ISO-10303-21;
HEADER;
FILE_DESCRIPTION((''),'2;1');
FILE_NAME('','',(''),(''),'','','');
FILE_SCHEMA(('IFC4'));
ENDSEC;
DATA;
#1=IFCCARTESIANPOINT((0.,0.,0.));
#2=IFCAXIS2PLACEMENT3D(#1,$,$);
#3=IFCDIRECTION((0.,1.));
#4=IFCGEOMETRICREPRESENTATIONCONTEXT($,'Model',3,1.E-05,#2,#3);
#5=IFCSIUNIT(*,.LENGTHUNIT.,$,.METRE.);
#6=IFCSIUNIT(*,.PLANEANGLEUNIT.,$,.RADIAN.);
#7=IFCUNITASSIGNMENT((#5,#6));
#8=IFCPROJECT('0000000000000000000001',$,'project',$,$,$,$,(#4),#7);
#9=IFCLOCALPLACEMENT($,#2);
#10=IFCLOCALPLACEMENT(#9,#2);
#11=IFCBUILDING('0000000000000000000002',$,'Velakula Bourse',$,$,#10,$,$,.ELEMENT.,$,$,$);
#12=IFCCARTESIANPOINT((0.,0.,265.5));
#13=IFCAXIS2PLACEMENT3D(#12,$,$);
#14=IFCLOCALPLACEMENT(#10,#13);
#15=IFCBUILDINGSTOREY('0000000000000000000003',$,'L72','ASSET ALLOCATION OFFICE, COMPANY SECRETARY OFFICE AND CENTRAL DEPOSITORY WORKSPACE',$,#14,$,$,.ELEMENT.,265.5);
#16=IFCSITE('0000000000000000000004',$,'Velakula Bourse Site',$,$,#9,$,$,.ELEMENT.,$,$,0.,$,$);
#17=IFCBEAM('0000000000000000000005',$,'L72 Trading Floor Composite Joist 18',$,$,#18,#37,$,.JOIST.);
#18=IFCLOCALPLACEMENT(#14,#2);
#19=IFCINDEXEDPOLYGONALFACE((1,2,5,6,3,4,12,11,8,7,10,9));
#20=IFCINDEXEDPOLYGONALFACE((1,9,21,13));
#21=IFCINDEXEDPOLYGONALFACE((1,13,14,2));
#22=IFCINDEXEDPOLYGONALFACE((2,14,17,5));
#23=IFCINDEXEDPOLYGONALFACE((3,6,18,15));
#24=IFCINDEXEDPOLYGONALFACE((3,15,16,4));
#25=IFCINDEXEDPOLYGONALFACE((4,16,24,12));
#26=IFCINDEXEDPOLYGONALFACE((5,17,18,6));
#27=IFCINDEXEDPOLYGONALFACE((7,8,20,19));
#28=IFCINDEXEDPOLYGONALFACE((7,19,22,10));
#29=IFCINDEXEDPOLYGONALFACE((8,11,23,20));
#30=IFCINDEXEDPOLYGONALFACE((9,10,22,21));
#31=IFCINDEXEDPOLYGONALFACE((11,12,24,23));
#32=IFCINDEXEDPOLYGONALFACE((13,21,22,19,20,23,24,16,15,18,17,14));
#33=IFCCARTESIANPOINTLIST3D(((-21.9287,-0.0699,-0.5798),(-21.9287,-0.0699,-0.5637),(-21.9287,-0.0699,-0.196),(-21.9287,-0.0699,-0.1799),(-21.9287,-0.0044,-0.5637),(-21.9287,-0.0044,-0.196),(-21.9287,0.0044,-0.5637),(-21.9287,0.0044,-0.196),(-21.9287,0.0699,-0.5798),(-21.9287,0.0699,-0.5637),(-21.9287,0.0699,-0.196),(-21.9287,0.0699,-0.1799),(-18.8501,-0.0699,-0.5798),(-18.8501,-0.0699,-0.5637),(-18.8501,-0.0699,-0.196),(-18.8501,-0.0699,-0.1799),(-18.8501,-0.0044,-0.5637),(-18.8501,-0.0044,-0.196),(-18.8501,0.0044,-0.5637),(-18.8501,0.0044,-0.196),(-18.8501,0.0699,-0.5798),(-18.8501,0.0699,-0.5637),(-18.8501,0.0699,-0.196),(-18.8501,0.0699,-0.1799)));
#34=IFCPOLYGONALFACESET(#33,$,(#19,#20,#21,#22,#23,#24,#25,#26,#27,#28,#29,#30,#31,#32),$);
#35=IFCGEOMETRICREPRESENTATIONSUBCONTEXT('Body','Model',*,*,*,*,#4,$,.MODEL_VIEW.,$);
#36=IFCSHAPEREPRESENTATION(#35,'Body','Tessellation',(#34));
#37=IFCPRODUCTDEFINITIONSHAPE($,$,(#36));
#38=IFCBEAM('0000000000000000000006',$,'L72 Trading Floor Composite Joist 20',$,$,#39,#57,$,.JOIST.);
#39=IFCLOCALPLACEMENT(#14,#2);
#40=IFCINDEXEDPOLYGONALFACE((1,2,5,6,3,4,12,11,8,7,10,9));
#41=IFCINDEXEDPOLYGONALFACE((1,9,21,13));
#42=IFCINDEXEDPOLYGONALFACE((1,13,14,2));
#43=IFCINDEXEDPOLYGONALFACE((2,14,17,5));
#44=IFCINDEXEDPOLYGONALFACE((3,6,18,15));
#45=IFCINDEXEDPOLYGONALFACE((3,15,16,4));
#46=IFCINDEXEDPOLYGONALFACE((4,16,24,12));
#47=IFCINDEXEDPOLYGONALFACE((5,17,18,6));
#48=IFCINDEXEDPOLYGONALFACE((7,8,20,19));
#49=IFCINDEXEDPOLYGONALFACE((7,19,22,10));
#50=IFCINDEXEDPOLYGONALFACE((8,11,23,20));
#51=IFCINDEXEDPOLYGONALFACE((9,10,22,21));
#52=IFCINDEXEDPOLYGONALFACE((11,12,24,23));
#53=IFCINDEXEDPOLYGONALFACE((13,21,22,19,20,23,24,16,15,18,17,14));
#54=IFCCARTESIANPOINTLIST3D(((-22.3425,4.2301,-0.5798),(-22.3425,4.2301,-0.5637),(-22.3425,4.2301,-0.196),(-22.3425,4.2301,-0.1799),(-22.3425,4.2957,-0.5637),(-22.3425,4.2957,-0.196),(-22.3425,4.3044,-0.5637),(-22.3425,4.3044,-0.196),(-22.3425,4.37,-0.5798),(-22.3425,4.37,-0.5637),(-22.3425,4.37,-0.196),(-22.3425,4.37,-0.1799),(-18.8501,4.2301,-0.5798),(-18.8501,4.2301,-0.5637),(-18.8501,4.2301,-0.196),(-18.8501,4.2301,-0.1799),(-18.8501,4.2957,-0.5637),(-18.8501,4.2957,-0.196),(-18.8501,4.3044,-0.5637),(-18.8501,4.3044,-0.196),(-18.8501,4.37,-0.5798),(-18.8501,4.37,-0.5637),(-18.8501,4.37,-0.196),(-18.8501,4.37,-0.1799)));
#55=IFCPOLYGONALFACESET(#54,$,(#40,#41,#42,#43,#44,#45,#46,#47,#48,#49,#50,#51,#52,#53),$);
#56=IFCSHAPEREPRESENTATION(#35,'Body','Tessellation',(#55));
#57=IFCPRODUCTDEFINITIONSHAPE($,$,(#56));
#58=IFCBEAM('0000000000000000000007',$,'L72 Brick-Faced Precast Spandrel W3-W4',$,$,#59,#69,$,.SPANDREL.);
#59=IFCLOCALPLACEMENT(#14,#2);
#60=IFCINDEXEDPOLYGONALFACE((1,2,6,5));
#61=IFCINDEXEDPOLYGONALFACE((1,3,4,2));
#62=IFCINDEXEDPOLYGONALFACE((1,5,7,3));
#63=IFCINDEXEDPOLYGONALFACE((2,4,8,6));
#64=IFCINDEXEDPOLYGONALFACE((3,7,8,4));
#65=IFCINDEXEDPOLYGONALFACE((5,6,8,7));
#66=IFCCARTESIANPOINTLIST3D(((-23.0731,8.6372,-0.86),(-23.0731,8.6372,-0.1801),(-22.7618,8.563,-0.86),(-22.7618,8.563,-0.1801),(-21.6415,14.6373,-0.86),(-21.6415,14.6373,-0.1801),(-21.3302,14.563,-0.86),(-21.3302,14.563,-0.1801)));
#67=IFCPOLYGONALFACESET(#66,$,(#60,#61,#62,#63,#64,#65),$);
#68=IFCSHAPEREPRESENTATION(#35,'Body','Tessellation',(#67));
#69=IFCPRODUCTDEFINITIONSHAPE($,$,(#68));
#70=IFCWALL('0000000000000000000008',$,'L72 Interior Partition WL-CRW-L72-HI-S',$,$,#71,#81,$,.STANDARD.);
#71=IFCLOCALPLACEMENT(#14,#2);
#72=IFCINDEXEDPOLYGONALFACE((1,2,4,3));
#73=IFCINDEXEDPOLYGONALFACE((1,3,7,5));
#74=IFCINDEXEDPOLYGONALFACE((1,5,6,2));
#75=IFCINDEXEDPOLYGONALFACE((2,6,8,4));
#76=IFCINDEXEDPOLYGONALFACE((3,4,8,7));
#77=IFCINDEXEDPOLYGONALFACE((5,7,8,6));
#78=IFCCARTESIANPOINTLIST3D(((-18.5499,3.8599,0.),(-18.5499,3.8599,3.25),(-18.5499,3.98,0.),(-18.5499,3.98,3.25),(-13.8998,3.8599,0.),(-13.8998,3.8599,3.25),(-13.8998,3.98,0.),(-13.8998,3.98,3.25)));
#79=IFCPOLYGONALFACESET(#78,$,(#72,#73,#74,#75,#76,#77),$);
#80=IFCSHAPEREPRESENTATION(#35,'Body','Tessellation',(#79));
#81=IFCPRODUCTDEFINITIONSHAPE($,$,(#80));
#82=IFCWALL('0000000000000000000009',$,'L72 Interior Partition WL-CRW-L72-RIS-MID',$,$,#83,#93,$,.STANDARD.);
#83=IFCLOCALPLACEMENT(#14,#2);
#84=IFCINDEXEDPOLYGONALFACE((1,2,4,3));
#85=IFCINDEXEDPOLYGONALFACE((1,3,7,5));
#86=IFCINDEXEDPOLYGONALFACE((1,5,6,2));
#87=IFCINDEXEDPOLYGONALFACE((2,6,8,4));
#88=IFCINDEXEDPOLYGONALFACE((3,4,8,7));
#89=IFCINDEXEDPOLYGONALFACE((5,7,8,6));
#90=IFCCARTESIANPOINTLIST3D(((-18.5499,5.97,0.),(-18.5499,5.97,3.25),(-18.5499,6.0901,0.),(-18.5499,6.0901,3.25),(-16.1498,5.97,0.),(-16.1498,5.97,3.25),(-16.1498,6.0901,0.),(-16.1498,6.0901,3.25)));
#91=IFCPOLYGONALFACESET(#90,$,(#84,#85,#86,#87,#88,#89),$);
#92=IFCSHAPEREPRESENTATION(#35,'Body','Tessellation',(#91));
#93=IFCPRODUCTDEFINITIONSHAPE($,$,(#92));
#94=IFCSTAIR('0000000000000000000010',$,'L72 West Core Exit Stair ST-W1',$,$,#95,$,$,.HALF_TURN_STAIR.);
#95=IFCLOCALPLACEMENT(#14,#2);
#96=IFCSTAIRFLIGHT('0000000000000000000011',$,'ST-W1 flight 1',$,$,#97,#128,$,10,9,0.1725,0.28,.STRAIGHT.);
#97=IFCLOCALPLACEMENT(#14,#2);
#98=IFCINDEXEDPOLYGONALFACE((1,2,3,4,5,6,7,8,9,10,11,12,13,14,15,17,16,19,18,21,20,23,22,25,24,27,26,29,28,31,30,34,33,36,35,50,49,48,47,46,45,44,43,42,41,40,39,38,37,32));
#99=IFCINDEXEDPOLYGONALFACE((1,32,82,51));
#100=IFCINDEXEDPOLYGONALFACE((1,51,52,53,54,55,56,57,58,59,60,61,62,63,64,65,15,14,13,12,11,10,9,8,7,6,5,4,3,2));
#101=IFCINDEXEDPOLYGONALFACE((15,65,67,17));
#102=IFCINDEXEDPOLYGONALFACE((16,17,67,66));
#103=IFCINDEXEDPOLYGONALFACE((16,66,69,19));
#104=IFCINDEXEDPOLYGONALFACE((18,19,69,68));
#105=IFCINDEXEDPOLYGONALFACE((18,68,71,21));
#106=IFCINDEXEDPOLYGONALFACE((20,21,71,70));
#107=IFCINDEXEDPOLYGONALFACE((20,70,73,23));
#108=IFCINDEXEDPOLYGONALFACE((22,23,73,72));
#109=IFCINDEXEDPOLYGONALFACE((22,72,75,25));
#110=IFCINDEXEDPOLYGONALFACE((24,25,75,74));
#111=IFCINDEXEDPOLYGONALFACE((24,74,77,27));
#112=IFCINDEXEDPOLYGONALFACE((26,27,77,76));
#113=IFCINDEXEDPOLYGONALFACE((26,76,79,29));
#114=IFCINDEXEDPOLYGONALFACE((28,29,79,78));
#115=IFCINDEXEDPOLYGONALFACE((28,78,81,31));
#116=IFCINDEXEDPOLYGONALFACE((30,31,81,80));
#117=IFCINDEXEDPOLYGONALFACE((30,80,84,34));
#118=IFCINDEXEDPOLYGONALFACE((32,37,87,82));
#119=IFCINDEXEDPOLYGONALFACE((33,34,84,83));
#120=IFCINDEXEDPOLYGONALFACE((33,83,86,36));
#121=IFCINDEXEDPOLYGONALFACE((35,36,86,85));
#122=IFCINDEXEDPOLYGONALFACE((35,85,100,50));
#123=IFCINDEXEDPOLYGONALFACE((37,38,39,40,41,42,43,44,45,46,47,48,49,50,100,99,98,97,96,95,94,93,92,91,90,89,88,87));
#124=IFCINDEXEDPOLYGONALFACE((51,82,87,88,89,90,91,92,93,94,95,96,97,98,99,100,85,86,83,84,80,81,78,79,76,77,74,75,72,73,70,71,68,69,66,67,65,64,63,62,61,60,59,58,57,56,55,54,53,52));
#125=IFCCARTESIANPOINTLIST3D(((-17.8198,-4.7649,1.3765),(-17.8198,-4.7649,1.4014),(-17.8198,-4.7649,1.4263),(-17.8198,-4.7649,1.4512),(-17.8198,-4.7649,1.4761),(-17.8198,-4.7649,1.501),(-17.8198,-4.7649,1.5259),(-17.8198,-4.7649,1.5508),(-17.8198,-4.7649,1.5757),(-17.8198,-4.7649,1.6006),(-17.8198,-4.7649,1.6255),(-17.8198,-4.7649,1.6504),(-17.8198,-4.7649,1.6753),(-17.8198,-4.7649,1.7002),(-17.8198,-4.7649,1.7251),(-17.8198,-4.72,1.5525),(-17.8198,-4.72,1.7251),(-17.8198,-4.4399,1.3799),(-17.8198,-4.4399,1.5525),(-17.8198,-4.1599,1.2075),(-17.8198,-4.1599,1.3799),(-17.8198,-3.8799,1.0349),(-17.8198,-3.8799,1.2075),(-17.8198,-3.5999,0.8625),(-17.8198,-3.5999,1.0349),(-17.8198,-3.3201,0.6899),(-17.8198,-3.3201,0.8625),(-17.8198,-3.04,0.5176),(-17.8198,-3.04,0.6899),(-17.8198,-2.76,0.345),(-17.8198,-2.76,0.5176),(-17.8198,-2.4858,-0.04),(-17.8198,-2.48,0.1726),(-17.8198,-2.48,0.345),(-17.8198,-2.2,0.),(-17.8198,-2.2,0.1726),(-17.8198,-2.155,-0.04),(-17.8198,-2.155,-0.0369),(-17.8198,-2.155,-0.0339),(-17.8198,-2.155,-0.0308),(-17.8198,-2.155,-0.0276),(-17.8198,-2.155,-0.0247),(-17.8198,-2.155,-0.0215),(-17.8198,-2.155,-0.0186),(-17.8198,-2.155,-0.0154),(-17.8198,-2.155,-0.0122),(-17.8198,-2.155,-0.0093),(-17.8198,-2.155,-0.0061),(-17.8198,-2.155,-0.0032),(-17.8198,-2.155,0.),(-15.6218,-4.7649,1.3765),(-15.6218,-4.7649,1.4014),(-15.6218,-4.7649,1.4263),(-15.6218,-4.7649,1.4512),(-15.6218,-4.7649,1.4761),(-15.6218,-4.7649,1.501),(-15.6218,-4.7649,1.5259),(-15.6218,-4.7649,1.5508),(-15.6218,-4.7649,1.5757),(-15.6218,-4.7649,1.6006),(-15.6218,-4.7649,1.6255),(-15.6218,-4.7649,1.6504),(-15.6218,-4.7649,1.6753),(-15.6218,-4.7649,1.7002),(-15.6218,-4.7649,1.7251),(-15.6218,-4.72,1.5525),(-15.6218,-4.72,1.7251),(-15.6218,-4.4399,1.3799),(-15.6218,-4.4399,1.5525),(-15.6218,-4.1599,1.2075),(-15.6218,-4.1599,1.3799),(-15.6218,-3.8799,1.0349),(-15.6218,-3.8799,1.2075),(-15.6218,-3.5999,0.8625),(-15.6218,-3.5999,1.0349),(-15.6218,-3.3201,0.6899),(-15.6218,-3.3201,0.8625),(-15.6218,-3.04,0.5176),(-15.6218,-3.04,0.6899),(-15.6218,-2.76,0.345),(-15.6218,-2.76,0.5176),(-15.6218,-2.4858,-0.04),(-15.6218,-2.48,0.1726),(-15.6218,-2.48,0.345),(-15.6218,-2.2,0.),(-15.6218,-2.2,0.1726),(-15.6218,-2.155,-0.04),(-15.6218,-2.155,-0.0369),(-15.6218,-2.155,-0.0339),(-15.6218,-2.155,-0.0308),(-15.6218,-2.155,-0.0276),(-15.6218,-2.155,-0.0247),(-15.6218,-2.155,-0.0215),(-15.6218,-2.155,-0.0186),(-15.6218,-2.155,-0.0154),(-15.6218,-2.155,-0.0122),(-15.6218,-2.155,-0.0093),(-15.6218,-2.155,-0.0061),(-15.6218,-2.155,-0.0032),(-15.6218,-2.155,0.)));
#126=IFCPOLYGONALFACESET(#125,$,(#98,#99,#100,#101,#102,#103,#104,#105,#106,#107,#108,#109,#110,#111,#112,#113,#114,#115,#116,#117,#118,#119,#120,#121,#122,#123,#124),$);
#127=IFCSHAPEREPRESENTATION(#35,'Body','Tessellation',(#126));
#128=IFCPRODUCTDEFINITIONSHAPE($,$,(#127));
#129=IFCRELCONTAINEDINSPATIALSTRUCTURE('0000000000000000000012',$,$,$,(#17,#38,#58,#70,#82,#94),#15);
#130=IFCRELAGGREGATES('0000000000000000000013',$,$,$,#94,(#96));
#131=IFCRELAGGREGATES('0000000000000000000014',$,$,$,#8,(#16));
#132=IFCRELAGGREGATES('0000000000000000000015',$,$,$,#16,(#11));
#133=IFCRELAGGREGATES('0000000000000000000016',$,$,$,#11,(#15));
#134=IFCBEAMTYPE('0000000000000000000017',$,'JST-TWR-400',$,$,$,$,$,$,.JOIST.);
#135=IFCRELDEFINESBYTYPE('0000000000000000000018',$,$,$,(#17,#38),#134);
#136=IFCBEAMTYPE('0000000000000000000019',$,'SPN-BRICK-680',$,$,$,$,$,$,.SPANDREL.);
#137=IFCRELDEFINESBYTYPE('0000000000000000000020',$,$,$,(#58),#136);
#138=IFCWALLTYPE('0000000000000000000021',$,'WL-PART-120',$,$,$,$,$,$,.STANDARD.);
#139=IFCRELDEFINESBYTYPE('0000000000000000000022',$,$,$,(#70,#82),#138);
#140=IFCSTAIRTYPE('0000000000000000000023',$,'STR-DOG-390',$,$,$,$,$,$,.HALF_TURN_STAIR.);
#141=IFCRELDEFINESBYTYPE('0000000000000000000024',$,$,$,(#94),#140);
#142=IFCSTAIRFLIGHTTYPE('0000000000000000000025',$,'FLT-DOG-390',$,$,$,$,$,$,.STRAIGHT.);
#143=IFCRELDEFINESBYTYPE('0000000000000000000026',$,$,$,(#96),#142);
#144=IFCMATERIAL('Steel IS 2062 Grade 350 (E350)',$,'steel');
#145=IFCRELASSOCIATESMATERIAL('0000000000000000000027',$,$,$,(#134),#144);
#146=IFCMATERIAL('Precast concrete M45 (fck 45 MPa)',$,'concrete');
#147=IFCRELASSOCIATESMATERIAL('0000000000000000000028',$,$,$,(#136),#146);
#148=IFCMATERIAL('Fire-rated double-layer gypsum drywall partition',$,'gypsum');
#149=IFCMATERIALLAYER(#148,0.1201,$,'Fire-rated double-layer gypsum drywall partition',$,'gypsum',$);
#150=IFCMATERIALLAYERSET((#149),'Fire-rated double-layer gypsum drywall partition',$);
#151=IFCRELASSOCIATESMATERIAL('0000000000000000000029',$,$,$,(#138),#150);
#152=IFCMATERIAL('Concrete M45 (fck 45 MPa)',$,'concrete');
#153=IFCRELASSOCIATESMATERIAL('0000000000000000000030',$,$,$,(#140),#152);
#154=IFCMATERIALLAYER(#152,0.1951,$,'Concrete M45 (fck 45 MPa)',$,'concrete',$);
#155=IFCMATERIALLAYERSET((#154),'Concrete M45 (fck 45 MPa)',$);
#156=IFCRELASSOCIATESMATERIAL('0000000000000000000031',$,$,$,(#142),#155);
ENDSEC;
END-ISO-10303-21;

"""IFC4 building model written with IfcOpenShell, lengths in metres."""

from ifc_helpers import new_model, si_unit, direction, frame, frame_2d, origin, origin_2d, place, context, subcontext, project, spatial, polyline, rectangle, i_section, outline, extrude, material, layer, layer_set, material_profile, profile_set, type_object, element, aggregate, save


model = new_model("IFC4")

# Units and contexts
model_context = context("Model", 3, precision=1e-05, world=origin(), true_north=direction((0.0, 1.0)))
body_context = subcontext(model_context, "Body", "Model", "MODEL_VIEW")
ifc_project = project(units=[si_unit("LENGTHUNIT", "METRE"), si_unit("PLANEANGLEUNIT", "RADIAN")], contexts=[model_context])

# Site, building, storey
site_placement = place(None, origin())
site = spatial("IfcSite", under=ifc_project, at=site_placement, Name="Velakula Bourse Site", CompositionType="ELEMENT", RefElevation=0.0)
building_placement = place(site_placement, origin())
building = spatial("IfcBuilding", under=site, at=building_placement, Name="Velakula Bourse", CompositionType="ELEMENT")
storey_placement = place(building_placement, frame((0.0, 0.0, 265.5)))
storey = spatial("IfcBuildingStorey", under=building, at=storey_placement, Name="L72", Description="ASSET ALLOCATION OFFICE, COMPANY SECRETARY OFFICE AND CENTRAL DEPOSITORY WORKSPACE", CompositionType="ELEMENT", Elevation=265.5)

# Shared definitions
ifc_material_1 = material(Name="Steel IS 2062 Grade 350 (E350)", Category="steel")

# Beams
ifc_material_profile_1 = material_profile(ifc_material_1, i_section(OverallWidth=0.1399, OverallDepth=0.3999, WebThickness=0.0088, FlangeThickness=0.0161, at=origin_2d()), Name="Steel IS 2062 Grade 350 (E350)")
ifc_profile_set_1 = profile_set([ifc_material_profile_1], Name="Steel IS 2062 Grade 350 (E350)")
beam_type_1 = type_object("IfcBeamType", Name="JST-TWR-400", PredefinedType="JOIST", material=ifc_profile_set_1)
beam_1_placement = place(storey_placement, frame((-21.9287, 0.0, -0.3799), z_axis=(1.0, 0.0, 0.0), x_axis=(0.0, 1.0, 0.0)))
element("IfcBeam", 1, at=beam_1_placement, inside=storey, type_object=beam_type_1, Name="L72 Trading Floor Composite Joist 18", PredefinedType="JOIST", context=body_context, shape_type="SweptSolid", body=[
    extrude(i_section(OverallWidth=0.1399, OverallDepth=0.3999, WebThickness=0.0088, FlangeThickness=0.0161, at=origin_2d()), origin(), (0.0, 0.0, 1.0), 3.0786),
])
beam_2_placement = place(storey_placement, frame((-22.3425, 4.3, -0.3799), z_axis=(1.0, 0.0, 0.0), x_axis=(0.0, 1.0, 0.0)))
element("IfcBeam", 2, at=beam_2_placement, inside=storey, type_object=beam_type_1, Name="L72 Trading Floor Composite Joist 20", PredefinedType="JOIST", context=body_context, shape_type="SweptSolid", body=[
    extrude(i_section(OverallWidth=0.1399, OverallDepth=0.3999, WebThickness=0.0088, FlangeThickness=0.0161, at=origin_2d()), origin(), (0.0, 0.0, 1.0), 3.4924),
])
ifc_material_2 = material(Name="Precast concrete M45 (fck 45 MPa)", Category="concrete")
ifc_material_profile_2 = material_profile(ifc_material_2, rectangle(XDim=0.3201, YDim=0.6799, at=origin_2d()), Name="Precast concrete M45 (fck 45 MPa)")
ifc_profile_set_2 = profile_set([ifc_material_profile_2], Name="Precast concrete M45 (fck 45 MPa)")
beam_type_2 = type_object("IfcBeamType", Name="SPN-BRICK-680", PredefinedType="SPANDREL", material=ifc_profile_set_2)
beam_3_placement = place(storey_placement, frame((-22.9175, 8.6001, -0.52), z_axis=(0.232091, 0.972694, 0.0), x_axis=(-0.972694, 0.232091, 0.0)))
element("IfcBeam", 3, at=beam_3_placement, inside=storey, type_object=beam_type_2, Name="L72 Brick-Faced Precast Spandrel W3-W4", PredefinedType="SPANDREL", context=body_context, shape_type="SweptSolid", body=[
    extrude(rectangle(XDim=0.3201, YDim=0.6799, at=origin_2d()), origin(), (0.0, 0.0, 1.0), 6.1685),
])

# Walls
ifc_material_3 = material(Name="Fire-rated double-layer gypsum drywall partition", Category="gypsum")
ifc_layer_1 = layer(ifc_material_3, 0.1201, Name="Fire-rated double-layer gypsum drywall partition", Category="gypsum")
ifc_layer_set_1 = layer_set([ifc_layer_1], Name="Fire-rated double-layer gypsum drywall partition")
wall_type = type_object("IfcWallType", Name="WL-PART-120", PredefinedType="STANDARD", material=ifc_layer_set_1)
wall_1_placement = place(storey_placement, frame((-18.55, 3.9199, 0.0), z_axis=(0.0, 0.0, 1.0), x_axis=(1.0, 0.0, 0.0)))
element("IfcWall", 4, at=wall_1_placement, inside=storey, type_object=wall_type, Name="L72 Interior Partition WL-CRW-L72-HI-S", PredefinedType="STANDARD", context=body_context, shape_type="SweptSolid", body=[
    extrude(rectangle(XDim=4.6501, YDim=0.1201, at=frame_2d((2.3252, 0.0))), origin(), (0.0, 0.0, 1.0), 3.25),
])
wall_2_placement = place(storey_placement, frame((-18.55, 6.03, 0.0), z_axis=(0.0, 0.0, 1.0), x_axis=(1.0, 0.0, 0.0)))
element("IfcWall", 5, at=wall_2_placement, inside=storey, type_object=wall_type, Name="L72 Interior Partition WL-CRW-L72-RIS-MID", PredefinedType="STANDARD", context=body_context, shape_type="SweptSolid", body=[
    extrude(rectangle(XDim=2.4001, YDim=0.1201, at=frame_2d((1.2002, 0.0))), origin(), (0.0, 0.0, 1.0), 3.25),
])

# Stair, stair flight
ifc_material_4 = material(Name="Concrete M45 (fck 45 MPa)", Category="concrete")
stair_type = type_object("IfcStairType", Name="STR-DOG-390", PredefinedType="HALF_TURN_STAIR", material=ifc_material_4)
stair_placement = place(storey_placement, origin())
stair = element("IfcStair", 6, at=stair_placement, inside=storey, type_object=stair_type, Name="L72 West Core Exit Stair ST-W1", PredefinedType="HALF_TURN_STAIR")
ifc_layer_2 = layer(ifc_material_4, 0.1951, Name="Concrete M45 (fck 45 MPa)", Category="concrete")
ifc_layer_set_2 = layer_set([ifc_layer_2], Name="Concrete M45 (fck 45 MPa)")
stair_flight_type = type_object("IfcStairFlightType", Name="FLT-DOG-390", PredefinedType="STRAIGHT", material=ifc_layer_set_2)
stair_flight_placement = place(storey_placement, frame((-16.7209, -2.2, 0.0), z_axis=(0.0, 0.0, 1.0), x_axis=(0.0, -1.0, 0.0)))
stair_flight = element("IfcStairFlight", 7, at=stair_flight_placement, type_object=stair_flight_type, Name="ST-W1 flight 1", NumberOfRisers=10, NumberOfTreads=9, PredefinedType="STRAIGHT", RiserHeight=0.1725, TreadLength=0.28, context=body_context, shape_type="SweptSolid", body=[
    extrude(outline(polyline([(-0.0449, -0.04), (-0.0449, -0.0369), (-0.0449, -0.0339), (-0.0449, -0.0308), (-0.0449, -0.0276), (-0.0449, -0.0247), (-0.0449, -0.0215), (-0.0449, -0.0186), (-0.0449, -0.0154), (-0.0449, -0.0122), (-0.0449, -0.0093), (-0.0449, -0.0061), (-0.0449, -0.0032), (-0.0449, 0.0), (0.0, 0.0), (0.0, 0.1726), (0.28, 0.1726), (0.28, 0.345), (0.5601, 0.345), (0.5601, 0.5176), (0.8401, 0.5176), (0.8401, 0.6899), (1.1201, 0.6899), (1.1201, 0.8625), (1.3999, 0.8625), (1.3999, 1.0349), (1.6799, 1.0349), (1.6799, 1.2075), (1.96, 1.2075), (1.96, 1.3799), (2.24, 1.3799), (2.24, 1.5525), (2.52, 1.5525), (2.52, 1.7251), (2.5649, 1.7251), (2.5649, 1.7002), (2.5649, 1.6753), (2.5649, 1.6504), (2.5649, 1.6255), (2.5649, 1.6006), (2.5649, 1.5757), (2.5649, 1.5508), (2.5649, 1.5259), (2.5649, 1.501), (2.5649, 1.4761), (2.5649, 1.4512), (2.5649, 1.4263), (2.5649, 1.4014), (2.5649, 1.3765), (0.2859, -0.04), (-0.0449, -0.04)])), frame((0.0, 1.0991, 0.0), z_axis=(0.0, -1.0, 0.0), x_axis=(1.0, 0.0, 0.0)), (0.0, 0.0, 1.0), 2.198),
])
aggregate(stair, [stair_flight])

save(model, "model.ifc")
